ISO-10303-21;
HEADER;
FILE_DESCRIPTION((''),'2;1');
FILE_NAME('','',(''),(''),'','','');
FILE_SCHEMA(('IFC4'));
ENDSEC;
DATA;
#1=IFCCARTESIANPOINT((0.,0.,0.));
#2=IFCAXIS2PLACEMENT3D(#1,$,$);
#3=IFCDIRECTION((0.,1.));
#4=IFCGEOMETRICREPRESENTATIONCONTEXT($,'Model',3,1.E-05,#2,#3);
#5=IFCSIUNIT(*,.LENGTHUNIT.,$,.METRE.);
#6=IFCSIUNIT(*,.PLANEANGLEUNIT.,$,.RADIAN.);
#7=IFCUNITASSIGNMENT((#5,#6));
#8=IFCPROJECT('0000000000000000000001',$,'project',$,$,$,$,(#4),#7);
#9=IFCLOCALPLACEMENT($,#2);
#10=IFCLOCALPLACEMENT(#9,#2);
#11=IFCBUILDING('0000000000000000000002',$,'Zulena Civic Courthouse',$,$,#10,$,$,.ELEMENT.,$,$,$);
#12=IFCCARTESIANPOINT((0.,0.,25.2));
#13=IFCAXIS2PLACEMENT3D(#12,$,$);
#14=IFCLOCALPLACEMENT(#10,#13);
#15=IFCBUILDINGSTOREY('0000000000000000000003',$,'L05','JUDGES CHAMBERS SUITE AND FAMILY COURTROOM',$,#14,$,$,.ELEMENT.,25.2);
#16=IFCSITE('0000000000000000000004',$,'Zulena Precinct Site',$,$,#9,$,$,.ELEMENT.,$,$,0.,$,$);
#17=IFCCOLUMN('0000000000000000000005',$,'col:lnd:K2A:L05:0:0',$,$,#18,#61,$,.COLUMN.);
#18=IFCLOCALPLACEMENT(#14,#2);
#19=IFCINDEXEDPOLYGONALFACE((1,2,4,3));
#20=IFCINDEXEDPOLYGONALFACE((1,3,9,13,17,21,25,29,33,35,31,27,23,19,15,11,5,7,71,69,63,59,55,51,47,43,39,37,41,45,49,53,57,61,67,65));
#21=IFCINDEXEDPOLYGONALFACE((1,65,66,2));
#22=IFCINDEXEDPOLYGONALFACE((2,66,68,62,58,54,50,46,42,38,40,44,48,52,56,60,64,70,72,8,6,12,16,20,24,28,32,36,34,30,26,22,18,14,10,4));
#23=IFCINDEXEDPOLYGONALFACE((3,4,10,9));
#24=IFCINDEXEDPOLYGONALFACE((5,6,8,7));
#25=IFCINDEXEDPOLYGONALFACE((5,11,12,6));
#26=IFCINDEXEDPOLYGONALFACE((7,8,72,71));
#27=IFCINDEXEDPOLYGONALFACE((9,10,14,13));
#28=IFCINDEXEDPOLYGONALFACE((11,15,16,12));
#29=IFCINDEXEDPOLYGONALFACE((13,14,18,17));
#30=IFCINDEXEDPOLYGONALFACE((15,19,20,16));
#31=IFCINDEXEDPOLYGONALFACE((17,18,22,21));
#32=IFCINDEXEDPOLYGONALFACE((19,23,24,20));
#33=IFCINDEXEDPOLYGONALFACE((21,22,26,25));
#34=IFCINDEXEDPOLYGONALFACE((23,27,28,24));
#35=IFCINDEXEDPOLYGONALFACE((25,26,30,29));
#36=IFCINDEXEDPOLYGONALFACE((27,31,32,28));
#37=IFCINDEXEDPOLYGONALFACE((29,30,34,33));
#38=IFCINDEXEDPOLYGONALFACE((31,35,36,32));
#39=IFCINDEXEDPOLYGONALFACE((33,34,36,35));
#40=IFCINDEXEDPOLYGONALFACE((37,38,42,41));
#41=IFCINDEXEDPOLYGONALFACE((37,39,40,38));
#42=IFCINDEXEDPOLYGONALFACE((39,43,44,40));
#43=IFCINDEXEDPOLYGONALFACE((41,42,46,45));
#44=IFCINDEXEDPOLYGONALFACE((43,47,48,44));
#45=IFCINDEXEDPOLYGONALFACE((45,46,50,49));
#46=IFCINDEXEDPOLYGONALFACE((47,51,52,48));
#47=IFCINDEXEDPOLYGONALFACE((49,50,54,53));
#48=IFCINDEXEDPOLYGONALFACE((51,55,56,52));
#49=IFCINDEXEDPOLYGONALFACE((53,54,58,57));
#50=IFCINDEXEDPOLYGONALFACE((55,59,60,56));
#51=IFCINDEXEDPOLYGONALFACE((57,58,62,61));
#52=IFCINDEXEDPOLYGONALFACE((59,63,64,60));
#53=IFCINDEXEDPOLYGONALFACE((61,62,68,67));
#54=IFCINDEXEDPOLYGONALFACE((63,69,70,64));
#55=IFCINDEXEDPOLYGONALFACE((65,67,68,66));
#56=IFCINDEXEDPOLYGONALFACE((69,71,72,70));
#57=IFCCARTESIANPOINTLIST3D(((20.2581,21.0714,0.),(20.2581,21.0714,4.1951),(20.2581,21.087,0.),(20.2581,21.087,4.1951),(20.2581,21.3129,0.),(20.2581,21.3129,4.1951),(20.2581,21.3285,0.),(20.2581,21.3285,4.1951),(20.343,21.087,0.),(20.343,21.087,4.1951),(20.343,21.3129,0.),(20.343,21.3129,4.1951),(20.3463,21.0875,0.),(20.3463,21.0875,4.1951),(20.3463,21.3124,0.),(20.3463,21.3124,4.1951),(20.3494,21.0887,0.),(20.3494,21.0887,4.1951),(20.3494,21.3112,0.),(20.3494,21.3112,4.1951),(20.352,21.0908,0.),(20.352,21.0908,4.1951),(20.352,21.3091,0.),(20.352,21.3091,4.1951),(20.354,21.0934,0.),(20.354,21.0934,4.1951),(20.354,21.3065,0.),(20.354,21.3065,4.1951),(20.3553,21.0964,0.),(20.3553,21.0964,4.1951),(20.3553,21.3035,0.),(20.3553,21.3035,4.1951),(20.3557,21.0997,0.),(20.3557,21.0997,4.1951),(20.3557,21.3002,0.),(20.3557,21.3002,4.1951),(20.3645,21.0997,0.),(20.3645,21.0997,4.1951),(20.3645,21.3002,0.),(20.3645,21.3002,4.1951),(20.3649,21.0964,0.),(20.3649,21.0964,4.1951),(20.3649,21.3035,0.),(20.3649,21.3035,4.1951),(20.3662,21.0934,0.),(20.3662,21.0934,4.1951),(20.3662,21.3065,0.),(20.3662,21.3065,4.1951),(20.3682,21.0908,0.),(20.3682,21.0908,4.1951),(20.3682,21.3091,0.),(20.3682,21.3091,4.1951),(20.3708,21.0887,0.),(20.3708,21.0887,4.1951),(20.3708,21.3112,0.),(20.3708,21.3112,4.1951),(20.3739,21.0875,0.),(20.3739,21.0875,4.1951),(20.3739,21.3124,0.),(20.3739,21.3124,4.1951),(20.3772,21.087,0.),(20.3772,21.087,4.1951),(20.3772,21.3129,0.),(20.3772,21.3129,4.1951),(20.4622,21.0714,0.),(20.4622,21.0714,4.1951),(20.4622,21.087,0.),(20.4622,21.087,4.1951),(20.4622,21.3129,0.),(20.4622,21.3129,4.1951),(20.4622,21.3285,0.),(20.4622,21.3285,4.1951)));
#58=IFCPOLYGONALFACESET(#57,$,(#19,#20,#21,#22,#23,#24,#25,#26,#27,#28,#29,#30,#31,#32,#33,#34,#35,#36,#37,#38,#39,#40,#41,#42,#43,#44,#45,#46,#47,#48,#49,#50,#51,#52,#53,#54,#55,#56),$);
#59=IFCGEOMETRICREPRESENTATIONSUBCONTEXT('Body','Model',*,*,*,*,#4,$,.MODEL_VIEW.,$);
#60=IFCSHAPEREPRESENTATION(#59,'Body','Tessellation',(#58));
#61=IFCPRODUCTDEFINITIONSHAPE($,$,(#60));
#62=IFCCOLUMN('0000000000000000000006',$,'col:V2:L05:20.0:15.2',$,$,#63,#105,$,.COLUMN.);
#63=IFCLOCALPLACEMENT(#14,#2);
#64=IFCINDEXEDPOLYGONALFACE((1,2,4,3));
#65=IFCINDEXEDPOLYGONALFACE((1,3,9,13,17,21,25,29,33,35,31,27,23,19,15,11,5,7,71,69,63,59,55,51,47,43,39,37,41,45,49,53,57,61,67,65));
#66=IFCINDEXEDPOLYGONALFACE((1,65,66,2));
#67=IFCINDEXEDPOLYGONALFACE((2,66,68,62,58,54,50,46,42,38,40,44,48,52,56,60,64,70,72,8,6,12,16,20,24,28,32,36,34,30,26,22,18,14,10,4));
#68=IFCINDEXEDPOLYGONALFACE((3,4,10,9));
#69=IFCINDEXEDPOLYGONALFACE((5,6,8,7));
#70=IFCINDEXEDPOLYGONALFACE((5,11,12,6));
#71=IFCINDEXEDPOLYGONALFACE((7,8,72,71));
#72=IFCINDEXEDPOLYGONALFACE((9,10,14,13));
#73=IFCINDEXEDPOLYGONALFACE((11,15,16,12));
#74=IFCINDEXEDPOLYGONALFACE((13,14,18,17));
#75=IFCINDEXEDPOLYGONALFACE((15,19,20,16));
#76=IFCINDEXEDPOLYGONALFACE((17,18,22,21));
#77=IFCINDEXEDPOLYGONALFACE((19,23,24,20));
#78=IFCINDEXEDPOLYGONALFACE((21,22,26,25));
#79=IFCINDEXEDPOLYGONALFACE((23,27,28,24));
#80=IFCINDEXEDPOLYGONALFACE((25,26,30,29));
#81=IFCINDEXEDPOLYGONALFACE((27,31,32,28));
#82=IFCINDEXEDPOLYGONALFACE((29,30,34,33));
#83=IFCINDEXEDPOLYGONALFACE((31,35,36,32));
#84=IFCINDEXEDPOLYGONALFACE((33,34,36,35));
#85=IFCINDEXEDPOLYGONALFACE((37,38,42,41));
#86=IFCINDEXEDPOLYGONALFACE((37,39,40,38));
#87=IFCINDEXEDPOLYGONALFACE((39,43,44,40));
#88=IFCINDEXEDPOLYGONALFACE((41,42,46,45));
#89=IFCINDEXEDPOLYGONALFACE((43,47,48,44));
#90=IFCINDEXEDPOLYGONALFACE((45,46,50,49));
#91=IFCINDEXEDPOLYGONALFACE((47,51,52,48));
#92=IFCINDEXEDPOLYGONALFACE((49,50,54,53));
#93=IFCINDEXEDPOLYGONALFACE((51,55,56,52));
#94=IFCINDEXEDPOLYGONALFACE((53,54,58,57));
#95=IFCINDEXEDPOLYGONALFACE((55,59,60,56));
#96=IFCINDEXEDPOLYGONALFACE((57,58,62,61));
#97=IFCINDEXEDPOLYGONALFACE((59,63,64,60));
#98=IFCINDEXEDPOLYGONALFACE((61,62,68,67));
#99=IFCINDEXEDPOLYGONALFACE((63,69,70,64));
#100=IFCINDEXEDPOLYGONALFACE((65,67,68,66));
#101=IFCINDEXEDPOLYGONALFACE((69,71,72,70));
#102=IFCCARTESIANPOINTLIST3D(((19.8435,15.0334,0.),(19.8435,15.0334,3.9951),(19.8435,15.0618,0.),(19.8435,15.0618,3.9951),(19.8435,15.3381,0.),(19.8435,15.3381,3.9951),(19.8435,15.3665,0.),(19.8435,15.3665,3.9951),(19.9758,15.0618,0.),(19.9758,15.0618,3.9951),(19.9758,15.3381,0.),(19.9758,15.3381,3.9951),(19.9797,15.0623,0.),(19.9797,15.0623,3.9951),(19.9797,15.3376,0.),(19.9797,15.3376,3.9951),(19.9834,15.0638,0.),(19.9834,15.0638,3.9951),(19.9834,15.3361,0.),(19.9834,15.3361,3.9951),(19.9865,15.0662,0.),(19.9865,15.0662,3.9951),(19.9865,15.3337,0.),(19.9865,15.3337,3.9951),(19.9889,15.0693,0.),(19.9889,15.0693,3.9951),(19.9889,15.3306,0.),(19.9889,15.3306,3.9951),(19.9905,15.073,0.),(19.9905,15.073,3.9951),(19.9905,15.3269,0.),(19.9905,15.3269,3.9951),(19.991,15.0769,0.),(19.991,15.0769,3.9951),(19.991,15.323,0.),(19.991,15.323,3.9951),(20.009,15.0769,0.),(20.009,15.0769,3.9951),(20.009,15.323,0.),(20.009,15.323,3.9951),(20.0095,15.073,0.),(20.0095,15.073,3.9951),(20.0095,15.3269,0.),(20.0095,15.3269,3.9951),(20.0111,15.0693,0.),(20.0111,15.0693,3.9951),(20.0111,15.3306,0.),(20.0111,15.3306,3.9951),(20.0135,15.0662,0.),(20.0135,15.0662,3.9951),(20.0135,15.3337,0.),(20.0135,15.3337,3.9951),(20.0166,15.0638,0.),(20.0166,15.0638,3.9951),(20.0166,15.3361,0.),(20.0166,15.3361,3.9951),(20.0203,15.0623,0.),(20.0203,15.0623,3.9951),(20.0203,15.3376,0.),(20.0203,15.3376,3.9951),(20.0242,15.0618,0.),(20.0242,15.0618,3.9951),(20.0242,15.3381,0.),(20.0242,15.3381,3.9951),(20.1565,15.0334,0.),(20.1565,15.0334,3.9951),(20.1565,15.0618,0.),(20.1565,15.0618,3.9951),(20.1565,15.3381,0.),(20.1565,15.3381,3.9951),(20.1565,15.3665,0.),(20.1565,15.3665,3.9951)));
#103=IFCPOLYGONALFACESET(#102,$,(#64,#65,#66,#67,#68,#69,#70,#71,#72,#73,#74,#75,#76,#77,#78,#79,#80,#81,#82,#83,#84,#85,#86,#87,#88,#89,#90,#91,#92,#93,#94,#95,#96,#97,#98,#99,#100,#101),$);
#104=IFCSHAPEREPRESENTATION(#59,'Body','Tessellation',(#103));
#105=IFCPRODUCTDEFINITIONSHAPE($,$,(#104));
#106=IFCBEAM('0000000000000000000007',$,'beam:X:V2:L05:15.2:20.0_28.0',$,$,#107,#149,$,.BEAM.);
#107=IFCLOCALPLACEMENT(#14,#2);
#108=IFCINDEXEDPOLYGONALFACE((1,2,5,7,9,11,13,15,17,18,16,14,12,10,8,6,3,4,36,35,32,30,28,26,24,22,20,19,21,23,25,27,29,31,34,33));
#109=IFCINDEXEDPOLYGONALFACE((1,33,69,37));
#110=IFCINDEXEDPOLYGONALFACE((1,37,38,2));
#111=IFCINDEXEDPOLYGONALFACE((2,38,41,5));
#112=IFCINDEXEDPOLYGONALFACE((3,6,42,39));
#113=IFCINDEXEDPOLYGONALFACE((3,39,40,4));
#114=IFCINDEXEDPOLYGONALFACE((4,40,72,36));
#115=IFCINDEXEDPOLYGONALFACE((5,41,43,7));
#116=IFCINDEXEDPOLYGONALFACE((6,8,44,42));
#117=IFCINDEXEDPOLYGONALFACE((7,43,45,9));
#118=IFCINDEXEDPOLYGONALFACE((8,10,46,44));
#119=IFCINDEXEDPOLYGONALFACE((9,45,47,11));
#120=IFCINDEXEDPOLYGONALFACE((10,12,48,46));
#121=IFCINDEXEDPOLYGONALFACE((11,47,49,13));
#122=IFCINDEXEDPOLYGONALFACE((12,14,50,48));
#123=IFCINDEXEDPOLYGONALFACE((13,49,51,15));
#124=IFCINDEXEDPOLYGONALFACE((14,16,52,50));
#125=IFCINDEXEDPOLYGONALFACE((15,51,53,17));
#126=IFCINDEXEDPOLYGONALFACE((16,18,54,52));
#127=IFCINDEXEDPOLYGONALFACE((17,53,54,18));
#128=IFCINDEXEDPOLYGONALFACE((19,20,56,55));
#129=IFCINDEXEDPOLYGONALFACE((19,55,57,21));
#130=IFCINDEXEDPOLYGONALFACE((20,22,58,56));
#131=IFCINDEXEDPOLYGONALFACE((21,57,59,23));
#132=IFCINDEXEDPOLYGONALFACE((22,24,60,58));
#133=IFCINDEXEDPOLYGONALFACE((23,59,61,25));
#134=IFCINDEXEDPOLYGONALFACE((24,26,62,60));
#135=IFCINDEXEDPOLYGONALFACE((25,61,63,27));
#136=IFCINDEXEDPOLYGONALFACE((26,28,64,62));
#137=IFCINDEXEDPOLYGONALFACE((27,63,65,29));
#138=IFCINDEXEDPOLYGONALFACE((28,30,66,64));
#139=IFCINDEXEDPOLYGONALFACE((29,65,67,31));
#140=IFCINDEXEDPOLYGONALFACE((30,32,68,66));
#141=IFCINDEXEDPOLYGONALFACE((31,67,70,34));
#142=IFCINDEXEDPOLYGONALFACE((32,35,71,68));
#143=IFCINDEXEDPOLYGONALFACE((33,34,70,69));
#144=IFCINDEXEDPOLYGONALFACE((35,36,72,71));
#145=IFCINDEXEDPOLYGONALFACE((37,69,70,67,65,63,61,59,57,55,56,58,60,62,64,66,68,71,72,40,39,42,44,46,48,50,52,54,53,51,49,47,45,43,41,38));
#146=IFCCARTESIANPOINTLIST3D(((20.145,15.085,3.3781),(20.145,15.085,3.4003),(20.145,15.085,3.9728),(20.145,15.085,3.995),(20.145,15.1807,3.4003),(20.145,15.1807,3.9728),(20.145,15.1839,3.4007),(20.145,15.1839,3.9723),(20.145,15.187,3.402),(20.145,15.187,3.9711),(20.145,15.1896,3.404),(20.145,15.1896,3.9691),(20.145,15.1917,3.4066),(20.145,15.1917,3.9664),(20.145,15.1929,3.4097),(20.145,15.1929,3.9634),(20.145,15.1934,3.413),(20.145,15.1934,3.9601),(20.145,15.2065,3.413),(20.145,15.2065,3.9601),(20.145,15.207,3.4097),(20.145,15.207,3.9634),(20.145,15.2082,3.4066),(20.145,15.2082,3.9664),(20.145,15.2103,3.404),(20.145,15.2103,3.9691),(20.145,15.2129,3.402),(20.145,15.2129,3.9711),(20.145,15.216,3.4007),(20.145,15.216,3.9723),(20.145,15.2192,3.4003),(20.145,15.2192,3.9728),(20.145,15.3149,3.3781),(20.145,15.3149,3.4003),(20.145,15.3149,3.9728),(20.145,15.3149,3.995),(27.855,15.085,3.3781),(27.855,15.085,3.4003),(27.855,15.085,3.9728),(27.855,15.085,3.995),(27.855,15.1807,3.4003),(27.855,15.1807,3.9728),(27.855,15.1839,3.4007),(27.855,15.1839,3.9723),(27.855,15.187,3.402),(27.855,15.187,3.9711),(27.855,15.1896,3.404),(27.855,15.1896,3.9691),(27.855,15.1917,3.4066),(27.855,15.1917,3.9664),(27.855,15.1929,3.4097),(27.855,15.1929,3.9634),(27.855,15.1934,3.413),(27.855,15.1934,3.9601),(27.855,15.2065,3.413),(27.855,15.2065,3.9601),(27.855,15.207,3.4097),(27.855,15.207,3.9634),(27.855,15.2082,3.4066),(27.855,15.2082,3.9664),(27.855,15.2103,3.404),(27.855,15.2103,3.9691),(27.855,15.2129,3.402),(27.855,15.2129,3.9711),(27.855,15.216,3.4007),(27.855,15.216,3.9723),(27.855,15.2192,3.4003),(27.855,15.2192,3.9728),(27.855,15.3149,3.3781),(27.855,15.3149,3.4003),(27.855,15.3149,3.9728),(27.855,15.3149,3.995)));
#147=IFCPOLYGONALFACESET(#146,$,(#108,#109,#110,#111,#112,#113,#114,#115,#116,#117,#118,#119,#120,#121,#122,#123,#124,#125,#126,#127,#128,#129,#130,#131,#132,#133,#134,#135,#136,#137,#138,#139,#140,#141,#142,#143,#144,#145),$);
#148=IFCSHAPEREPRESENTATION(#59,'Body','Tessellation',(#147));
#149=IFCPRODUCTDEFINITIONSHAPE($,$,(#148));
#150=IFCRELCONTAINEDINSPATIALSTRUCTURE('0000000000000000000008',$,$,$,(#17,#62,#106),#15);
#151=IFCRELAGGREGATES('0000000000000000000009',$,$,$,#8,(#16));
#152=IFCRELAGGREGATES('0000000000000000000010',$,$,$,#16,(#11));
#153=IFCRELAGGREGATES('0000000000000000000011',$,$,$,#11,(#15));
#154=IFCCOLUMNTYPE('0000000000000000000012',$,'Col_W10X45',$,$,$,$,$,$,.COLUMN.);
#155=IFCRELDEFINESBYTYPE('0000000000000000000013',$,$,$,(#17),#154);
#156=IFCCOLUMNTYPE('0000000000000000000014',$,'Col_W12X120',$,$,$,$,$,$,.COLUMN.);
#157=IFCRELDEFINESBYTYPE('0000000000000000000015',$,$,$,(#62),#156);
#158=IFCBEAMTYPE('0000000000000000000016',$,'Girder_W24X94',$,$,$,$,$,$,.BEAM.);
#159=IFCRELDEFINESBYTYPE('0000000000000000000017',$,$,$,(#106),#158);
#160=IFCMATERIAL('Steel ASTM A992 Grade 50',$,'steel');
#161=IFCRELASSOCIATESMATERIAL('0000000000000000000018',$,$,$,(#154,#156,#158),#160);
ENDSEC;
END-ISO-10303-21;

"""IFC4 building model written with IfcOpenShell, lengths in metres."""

from ifc_helpers import new_model, si_unit, direction, frame, origin, origin_2d, place, context, subcontext, project, spatial, i_section, extrude, material, material_profile, profile_set, type_object, element, save


model = new_model("IFC4")

# Units and contexts
model_context = context("Model", 3, precision=1e-05, world=origin(), true_north=direction((0.0, 1.0)))
body_context = subcontext(model_context, "Body", "Model", "MODEL_VIEW")
ifc_project = project(units=[si_unit("LENGTHUNIT", "METRE"), si_unit("PLANEANGLEUNIT", "RADIAN")], contexts=[model_context])

# Site, building, storey
site_placement = place(None, origin())
site = spatial("IfcSite", under=ifc_project, at=site_placement, Name="Zulena Precinct Site", CompositionType="ELEMENT", RefElevation=0.0)
building_placement = place(site_placement, origin())
building = spatial("IfcBuilding", under=site, at=building_placement, Name="Zulena Civic Courthouse", CompositionType="ELEMENT")
storey_placement = place(building_placement, frame((0.0, 0.0, 25.2)))
storey = spatial("IfcBuildingStorey", under=building, at=storey_placement, Name="L05", Description="JUDGES CHAMBERS SUITE AND FAMILY COURTROOM", CompositionType="ELEMENT", Elevation=25.2)

# Columns
ifc_material_1 = material(Name="Steel ASTM A992 Grade 50", Category="steel")
ifc_material_profile_1 = material_profile(ifc_material_1, i_section(OverallWidth=0.2041, OverallDepth=0.2571, WebThickness=0.0088, FlangeThickness=0.0156, FilletRadius=0.0127, at=origin_2d()), Name="W10X45")
ifc_profile_set_1 = profile_set([ifc_material_profile_1], Name="Steel ASTM A992 Grade 50")
column_type_1 = type_object("IfcColumnType", Name="Col_W10X45", PredefinedType="COLUMN", material=ifc_profile_set_1)
column_1_placement = place(storey_placement, frame((20.3601, 21.2, 0.0), z_axis=(0.0, 0.0, 1.0), x_axis=(1.0, 0.0, 0.0)))
element("IfcColumn", 1, at=column_1_placement, inside=storey, type_object=column_type_1, Name="col:lnd:K2A:L05:0:0", PredefinedType="COLUMN", context=body_context, shape_type="SweptSolid", body=[
    extrude(i_section(OverallWidth=0.2041, OverallDepth=0.2571, WebThickness=0.0088, FlangeThickness=0.0156, FilletRadius=0.0127, at=origin_2d()), origin(), (0.0, 0.0, 1.0), 4.1951),
])
ifc_material_profile_2 = material_profile(ifc_material_1, i_section(OverallWidth=0.313, OverallDepth=0.333, WebThickness=0.0181, FlangeThickness=0.0283, FilletRadius=0.0151, at=origin_2d()), Name="W12X120")
ifc_profile_set_2 = profile_set([ifc_material_profile_2], Name="Steel ASTM A992 Grade 50")
column_type_2 = type_object("IfcColumnType", Name="Col_W12X120", PredefinedType="COLUMN", material=ifc_profile_set_2)
column_2_placement = place(storey_placement, frame((20.0, 15.2, 0.0), z_axis=(0.0, 0.0, 1.0), x_axis=(1.0, 0.0, 0.0)))
element("IfcColumn", 2, at=column_2_placement, inside=storey, type_object=column_type_2, Name="col:V2:L05:20.0:15.2", PredefinedType="COLUMN", context=body_context, shape_type="SweptSolid", body=[
    extrude(i_section(OverallWidth=0.313, OverallDepth=0.333, WebThickness=0.0181, FlangeThickness=0.0283, FilletRadius=0.0151, at=origin_2d()), origin(), (0.0, 0.0, 1.0), 3.9951),
])

# Beam
ifc_material_profile_3 = material_profile(ifc_material_1, i_section(OverallWidth=0.23, OverallDepth=0.6169, WebThickness=0.0132, FlangeThickness=0.0222, FilletRadius=0.0127, at=origin_2d()), Name="W24X94")
ifc_profile_set_3 = profile_set([ifc_material_profile_3], Name="Steel ASTM A992 Grade 50")
beam_type_1 = type_object("IfcBeamType", Name="Girder_W24X94", PredefinedType="BEAM", material=ifc_profile_set_3)
beam_1_placement = place(storey_placement, frame((20.145, 15.2, 3.6865), z_axis=(1.0, 0.0, 0.0), x_axis=(0.0, 1.0, 0.0)))
element("IfcBeam", 3, at=beam_1_placement, inside=storey, type_object=beam_type_1, Name="beam:X:V2:L05:15.2:20.0_28.0", PredefinedType="BEAM", context=body_context, shape_type="SweptSolid", body=[
    extrude(i_section(OverallWidth=0.23, OverallDepth=0.6169, WebThickness=0.0132, FlangeThickness=0.0222, FilletRadius=0.0127, at=origin_2d()), origin(), (0.0, 0.0, 1.0), 7.71),
])

save(model, "model.ifc")
